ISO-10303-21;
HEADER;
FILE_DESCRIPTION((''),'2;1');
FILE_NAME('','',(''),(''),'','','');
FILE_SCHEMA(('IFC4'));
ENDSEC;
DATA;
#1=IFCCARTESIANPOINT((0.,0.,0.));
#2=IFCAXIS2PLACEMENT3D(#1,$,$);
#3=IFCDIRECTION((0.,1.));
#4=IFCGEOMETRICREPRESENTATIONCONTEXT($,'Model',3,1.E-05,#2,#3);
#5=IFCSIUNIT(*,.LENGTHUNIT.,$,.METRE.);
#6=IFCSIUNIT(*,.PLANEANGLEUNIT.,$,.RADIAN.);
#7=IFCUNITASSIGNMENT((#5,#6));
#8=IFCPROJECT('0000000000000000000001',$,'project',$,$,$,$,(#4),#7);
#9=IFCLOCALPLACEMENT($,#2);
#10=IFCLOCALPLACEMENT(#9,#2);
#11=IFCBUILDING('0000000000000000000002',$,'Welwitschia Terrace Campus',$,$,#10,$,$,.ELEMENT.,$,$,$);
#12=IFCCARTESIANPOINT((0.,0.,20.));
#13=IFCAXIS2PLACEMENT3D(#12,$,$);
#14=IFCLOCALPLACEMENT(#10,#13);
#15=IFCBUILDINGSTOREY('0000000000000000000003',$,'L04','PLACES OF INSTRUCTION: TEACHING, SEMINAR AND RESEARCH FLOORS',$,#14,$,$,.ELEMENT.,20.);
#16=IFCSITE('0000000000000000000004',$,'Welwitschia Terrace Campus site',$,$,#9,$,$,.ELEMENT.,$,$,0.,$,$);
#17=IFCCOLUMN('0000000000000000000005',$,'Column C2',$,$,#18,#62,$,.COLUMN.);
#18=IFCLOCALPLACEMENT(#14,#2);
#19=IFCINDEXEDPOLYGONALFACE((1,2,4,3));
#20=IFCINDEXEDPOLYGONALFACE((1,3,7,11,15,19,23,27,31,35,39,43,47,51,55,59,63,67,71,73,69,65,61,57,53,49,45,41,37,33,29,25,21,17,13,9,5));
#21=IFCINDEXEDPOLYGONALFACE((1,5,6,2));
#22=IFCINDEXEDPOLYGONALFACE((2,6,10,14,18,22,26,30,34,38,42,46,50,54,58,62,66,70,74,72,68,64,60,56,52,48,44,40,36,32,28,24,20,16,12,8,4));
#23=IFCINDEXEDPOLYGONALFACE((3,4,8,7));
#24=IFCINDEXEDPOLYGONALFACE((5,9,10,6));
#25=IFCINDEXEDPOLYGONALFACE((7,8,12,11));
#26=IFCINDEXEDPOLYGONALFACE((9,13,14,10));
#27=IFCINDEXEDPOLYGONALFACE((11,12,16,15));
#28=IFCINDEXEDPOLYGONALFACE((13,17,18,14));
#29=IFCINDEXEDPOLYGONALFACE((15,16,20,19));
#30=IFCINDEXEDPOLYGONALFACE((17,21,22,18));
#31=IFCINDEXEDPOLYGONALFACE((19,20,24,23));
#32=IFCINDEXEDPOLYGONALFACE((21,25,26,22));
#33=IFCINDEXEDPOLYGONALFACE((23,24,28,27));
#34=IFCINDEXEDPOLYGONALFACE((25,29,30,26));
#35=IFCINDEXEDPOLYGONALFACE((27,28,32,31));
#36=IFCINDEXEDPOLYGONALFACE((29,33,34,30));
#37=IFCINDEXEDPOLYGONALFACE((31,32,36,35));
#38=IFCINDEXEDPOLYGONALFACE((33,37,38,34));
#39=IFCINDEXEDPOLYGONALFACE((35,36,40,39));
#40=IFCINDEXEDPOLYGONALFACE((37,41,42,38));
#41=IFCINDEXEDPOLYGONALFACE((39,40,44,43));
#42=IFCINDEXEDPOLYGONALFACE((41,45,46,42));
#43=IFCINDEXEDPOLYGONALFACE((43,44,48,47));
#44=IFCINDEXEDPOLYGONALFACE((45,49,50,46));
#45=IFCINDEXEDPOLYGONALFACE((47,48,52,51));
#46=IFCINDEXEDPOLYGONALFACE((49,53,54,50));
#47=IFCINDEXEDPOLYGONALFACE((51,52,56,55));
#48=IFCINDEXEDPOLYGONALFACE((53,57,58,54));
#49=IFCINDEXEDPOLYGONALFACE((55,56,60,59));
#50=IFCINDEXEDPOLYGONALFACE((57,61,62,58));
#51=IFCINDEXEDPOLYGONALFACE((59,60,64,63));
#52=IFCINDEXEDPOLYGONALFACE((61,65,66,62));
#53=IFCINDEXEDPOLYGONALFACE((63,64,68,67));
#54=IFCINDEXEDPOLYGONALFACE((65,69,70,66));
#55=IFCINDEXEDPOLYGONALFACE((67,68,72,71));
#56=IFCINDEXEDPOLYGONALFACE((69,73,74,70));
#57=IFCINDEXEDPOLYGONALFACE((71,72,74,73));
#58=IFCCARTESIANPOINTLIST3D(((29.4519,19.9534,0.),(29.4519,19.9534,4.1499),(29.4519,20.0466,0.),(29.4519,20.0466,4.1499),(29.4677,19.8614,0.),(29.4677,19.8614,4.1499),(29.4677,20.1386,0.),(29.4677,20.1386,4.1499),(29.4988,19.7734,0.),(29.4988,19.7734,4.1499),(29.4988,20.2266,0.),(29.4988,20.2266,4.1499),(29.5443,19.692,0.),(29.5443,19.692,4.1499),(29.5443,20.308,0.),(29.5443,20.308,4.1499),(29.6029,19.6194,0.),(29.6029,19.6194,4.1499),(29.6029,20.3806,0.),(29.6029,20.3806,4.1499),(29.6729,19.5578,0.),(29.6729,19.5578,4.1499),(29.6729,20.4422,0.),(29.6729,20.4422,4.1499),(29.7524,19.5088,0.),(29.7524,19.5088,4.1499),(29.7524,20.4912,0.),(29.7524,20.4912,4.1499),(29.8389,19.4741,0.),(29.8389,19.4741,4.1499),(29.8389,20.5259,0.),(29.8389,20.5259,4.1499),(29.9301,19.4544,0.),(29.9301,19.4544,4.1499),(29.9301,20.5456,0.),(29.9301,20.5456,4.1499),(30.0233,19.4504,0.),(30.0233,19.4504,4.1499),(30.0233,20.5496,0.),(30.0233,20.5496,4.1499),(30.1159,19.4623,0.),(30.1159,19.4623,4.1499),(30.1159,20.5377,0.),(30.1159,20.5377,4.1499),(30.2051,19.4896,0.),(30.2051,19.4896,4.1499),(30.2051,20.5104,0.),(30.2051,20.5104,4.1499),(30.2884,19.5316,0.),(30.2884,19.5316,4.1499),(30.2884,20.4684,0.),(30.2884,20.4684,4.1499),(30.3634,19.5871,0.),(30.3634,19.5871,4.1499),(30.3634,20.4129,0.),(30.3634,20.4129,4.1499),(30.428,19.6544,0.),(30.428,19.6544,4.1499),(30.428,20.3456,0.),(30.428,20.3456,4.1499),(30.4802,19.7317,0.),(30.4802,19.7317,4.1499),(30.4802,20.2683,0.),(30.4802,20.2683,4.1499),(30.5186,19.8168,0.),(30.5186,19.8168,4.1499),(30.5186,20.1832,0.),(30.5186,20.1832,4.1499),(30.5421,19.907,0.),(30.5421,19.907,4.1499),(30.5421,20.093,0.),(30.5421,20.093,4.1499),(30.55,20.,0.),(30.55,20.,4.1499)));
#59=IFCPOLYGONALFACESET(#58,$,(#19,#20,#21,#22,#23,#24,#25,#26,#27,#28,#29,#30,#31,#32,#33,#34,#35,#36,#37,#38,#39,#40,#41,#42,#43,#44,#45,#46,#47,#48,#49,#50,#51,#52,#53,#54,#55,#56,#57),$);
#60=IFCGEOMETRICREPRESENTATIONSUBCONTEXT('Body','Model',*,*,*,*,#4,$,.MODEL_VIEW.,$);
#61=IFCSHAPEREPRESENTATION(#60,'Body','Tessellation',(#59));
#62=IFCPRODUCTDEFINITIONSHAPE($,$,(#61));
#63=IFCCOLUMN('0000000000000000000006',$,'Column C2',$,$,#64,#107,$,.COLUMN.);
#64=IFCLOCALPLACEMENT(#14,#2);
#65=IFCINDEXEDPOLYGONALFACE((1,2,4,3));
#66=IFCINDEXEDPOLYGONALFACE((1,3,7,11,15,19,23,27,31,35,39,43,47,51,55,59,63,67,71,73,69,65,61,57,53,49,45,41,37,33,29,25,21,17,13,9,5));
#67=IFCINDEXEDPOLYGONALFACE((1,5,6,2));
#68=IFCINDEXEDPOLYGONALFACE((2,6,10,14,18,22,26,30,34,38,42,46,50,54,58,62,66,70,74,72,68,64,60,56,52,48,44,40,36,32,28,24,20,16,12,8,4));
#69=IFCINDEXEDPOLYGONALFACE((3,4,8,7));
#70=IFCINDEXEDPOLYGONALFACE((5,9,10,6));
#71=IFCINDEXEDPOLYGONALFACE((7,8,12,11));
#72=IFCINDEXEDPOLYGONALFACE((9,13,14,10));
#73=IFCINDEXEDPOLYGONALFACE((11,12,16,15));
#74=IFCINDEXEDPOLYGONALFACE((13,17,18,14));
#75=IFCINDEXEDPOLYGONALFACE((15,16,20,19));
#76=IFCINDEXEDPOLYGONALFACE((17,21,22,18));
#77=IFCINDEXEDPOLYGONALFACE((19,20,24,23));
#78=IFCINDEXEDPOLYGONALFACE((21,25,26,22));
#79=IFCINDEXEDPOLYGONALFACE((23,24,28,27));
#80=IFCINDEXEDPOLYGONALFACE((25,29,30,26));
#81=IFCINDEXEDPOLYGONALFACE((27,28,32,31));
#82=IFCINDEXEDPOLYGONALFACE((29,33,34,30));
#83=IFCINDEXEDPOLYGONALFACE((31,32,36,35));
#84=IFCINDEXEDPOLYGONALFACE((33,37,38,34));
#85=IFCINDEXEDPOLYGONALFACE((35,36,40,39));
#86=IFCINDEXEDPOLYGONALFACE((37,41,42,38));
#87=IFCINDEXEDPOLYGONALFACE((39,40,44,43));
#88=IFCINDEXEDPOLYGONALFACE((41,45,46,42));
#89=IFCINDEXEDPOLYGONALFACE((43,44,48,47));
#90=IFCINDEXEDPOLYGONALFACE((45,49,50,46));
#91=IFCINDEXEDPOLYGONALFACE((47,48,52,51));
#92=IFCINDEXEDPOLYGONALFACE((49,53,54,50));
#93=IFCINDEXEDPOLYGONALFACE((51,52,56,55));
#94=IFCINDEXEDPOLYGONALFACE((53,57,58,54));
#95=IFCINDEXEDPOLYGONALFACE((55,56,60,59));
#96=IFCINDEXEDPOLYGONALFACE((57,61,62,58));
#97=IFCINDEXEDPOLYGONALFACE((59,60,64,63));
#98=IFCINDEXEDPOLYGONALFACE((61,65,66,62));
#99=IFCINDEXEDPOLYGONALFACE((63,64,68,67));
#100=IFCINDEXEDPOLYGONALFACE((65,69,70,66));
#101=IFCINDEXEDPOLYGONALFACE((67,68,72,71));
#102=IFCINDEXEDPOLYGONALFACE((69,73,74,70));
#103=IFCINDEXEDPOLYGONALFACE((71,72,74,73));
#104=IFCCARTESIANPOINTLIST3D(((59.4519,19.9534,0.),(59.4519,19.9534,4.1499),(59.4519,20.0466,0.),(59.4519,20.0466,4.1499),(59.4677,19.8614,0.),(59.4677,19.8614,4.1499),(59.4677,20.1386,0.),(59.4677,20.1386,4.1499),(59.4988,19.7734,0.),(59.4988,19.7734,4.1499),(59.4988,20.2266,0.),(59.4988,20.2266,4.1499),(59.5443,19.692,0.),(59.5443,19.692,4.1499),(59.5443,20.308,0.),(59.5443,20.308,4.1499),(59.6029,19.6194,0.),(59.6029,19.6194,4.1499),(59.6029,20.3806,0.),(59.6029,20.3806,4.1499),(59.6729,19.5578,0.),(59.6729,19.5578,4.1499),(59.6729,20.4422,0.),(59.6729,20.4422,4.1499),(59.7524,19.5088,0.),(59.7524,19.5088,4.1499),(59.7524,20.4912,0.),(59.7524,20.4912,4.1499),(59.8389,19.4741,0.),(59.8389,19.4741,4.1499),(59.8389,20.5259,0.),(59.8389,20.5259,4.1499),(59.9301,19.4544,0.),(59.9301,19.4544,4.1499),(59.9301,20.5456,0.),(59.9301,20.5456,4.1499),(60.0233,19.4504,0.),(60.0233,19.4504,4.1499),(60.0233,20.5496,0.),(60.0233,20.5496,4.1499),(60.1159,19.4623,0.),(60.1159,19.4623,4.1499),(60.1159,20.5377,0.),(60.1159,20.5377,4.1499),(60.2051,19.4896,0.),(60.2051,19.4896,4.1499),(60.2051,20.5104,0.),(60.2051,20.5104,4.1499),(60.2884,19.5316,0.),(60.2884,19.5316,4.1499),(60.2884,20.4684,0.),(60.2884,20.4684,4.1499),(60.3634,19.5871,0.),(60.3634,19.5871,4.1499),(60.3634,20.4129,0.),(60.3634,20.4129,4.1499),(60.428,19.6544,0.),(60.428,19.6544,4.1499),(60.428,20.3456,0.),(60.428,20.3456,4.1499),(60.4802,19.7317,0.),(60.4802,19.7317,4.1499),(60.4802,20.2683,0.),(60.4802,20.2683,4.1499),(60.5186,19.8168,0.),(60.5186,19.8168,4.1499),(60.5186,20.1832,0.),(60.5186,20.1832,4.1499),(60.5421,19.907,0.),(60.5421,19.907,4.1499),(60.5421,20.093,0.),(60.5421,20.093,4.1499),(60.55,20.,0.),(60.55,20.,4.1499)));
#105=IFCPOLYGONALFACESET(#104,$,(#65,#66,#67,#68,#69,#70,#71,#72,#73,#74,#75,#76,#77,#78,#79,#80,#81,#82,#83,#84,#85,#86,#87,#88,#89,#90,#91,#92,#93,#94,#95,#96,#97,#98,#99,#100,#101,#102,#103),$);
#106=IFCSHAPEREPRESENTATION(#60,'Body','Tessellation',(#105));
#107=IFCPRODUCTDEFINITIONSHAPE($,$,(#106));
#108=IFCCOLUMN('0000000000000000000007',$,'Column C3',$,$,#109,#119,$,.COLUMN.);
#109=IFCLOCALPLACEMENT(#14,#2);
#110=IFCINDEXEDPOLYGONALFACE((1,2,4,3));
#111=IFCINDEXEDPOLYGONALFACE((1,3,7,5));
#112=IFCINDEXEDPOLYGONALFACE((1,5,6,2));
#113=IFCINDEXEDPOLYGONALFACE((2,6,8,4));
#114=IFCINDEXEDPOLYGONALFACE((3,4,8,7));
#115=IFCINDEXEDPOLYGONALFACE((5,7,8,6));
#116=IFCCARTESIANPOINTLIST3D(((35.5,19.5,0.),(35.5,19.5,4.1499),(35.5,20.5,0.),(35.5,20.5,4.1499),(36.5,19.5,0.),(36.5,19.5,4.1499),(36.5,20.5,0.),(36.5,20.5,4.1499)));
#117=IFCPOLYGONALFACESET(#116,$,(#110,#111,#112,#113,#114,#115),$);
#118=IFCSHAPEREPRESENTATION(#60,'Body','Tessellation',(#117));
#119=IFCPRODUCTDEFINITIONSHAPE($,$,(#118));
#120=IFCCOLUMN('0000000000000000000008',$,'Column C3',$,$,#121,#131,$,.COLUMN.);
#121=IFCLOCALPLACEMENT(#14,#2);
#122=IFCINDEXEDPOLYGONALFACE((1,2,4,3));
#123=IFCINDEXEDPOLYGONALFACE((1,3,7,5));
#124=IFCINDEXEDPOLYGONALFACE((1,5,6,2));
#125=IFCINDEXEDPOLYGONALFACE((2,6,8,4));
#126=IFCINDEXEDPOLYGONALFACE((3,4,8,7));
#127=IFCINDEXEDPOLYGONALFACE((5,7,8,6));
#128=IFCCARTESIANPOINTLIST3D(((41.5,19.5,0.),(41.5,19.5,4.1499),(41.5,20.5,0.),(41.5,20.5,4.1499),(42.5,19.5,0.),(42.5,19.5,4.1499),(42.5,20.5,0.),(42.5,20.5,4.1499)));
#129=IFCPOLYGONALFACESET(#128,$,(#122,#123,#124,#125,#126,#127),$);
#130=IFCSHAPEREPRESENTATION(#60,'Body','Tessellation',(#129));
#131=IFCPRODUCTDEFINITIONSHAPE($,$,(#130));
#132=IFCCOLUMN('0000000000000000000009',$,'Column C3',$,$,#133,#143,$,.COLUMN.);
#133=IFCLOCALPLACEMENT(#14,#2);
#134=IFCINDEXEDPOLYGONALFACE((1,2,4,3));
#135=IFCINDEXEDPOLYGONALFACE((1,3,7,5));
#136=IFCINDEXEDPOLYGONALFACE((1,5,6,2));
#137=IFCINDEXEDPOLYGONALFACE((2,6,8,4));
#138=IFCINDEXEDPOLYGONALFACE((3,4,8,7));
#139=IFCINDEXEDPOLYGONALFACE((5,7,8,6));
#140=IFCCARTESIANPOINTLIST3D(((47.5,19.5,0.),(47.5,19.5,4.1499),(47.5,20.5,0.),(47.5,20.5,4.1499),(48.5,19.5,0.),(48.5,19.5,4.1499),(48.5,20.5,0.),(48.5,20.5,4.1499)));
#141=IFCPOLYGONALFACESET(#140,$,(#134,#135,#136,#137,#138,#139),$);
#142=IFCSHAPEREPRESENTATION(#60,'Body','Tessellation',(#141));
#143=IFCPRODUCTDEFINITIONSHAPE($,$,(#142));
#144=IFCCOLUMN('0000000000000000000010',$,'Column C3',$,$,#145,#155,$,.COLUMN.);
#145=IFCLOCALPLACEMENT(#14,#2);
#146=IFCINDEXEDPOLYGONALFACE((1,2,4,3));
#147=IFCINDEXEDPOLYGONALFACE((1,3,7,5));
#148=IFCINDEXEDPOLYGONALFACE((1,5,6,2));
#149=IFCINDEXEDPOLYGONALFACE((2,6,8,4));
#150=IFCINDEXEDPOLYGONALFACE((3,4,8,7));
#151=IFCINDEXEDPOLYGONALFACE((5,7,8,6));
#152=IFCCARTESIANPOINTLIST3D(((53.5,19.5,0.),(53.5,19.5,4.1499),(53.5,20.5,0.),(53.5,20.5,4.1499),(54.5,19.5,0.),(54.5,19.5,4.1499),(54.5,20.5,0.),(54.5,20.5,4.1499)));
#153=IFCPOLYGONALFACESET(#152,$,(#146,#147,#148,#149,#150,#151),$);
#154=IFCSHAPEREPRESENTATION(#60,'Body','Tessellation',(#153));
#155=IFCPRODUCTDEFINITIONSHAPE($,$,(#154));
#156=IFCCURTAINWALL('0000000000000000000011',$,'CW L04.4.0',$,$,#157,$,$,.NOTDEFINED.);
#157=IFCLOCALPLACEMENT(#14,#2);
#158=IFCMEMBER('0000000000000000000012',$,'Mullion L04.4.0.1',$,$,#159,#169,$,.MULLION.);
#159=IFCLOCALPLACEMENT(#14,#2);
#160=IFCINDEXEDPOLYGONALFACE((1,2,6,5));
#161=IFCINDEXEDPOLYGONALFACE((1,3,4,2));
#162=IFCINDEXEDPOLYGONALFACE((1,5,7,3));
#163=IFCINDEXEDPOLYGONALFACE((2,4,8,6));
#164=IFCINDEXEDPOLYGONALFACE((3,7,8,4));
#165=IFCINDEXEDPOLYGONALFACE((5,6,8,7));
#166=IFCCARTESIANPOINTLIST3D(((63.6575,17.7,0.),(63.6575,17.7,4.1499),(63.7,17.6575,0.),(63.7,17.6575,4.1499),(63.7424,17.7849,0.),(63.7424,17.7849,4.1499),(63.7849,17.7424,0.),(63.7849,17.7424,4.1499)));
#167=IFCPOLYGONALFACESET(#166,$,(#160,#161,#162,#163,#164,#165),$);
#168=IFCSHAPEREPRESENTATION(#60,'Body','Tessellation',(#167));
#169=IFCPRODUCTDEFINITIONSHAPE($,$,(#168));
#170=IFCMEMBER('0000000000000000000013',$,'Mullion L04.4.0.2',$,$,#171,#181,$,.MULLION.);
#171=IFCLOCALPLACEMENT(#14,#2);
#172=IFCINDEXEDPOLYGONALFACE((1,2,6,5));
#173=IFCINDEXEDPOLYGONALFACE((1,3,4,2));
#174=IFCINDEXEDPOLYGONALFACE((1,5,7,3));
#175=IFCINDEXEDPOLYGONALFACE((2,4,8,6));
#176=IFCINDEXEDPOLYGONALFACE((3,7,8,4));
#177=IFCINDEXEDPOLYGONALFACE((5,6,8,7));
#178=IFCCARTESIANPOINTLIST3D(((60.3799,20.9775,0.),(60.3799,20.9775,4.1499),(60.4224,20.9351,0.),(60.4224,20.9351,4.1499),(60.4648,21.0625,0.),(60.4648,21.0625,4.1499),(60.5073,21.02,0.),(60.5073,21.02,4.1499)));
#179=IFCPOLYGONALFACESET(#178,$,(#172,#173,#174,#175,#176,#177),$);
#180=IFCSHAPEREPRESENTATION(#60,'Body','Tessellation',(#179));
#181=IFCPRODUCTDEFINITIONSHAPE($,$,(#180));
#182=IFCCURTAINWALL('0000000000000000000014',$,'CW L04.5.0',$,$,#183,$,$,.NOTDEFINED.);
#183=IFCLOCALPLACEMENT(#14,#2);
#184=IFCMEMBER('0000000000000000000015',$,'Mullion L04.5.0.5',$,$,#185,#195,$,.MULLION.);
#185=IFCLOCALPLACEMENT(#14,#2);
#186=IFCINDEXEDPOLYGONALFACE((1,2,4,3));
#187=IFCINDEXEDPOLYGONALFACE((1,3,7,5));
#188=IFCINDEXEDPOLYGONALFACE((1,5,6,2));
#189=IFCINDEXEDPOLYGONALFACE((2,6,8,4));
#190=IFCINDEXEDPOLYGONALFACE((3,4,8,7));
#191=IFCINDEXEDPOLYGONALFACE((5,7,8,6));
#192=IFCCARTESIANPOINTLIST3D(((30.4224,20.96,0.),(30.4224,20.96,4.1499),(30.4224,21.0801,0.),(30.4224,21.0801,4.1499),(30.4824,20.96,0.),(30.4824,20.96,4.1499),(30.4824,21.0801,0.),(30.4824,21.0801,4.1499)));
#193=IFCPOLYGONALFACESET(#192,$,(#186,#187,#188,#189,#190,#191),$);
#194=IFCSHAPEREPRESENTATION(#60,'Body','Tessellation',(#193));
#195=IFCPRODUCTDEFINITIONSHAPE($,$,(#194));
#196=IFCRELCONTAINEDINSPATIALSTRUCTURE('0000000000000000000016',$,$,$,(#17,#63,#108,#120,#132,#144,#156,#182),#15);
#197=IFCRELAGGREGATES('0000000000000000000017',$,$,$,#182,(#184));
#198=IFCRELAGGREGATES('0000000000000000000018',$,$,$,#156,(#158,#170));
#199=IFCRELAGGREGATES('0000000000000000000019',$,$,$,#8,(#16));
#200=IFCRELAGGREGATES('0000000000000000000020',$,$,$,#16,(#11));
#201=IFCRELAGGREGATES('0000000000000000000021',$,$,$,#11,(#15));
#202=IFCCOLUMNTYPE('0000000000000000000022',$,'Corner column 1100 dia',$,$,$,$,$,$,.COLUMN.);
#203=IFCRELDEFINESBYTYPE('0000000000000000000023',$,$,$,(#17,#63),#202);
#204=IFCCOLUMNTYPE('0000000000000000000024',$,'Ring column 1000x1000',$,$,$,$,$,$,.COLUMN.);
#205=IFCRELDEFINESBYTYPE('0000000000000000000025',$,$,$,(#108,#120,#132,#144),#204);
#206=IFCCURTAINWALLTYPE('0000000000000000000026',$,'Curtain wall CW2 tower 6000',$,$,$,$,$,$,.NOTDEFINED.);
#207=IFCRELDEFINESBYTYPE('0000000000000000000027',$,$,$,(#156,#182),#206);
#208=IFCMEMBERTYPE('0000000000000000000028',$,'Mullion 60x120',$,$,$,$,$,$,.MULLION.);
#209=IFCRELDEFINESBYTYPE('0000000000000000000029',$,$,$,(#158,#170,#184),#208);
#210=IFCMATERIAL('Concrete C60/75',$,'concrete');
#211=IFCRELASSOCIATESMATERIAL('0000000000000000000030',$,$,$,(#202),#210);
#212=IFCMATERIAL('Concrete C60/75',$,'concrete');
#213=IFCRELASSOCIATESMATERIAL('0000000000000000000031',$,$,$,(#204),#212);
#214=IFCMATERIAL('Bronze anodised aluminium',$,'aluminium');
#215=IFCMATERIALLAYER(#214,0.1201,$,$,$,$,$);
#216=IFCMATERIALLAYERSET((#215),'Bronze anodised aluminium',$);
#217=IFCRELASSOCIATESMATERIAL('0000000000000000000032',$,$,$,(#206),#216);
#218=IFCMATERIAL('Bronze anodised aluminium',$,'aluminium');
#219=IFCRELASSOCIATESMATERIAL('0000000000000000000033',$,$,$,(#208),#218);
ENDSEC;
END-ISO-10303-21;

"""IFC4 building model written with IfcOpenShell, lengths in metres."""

from ifc_helpers import new_model, si_unit, direction, frame, origin, origin_2d, place, context, subcontext, project, spatial, rectangle, circle, extrude, material, layer, layer_set, material_profile, profile_set, type_object, element, aggregate, save


model = new_model("IFC4")

# Units and contexts
model_context = context("Model", 3, precision=1e-05, world=origin(), true_north=direction((0.0, 1.0)))
body_context = subcontext(model_context, "Body", "Model", "MODEL_VIEW")
ifc_project = project(units=[si_unit("LENGTHUNIT", "METRE"), si_unit("PLANEANGLEUNIT", "RADIAN")], contexts=[model_context])

# Site, building, storey
site_placement = place(None, origin())
site = spatial("IfcSite", under=ifc_project, at=site_placement, Name="Welwitschia Terrace Campus site", CompositionType="ELEMENT", RefElevation=0.0)
building_placement = place(site_placement, origin())
building = spatial("IfcBuilding", under=site, at=building_placement, Name="Welwitschia Terrace Campus", CompositionType="ELEMENT")
storey_placement = place(building_placement, frame((0.0, 0.0, 20.0)))
storey = spatial("IfcBuildingStorey", under=building, at=storey_placement, Name="L04", Description="PLACES OF INSTRUCTION: TEACHING, SEMINAR AND RESEARCH FLOORS", CompositionType="ELEMENT", Elevation=20.0)

# Columns
ifc_material_1 = material(Name="Concrete C60/75", Category="concrete")
ifc_material_profile_1 = material_profile(ifc_material_1, circle(Radius=0.55, at=origin_2d()))
ifc_profile_set_1 = profile_set([ifc_material_profile_1], Name="Concrete C60/75")
column_type_1 = type_object("IfcColumnType", Name="Corner column 1100 dia", PredefinedType="COLUMN", material=ifc_profile_set_1)
for number, where, z_axis, x_axis, name in (
    (1, (30.0, 20.0, 0.0), (0.0, 0.0, 1.0), (1.0, 0.0, 0.0), "Column C2"),
    (2, (60.0, 20.0, 0.0), (0.0, 0.0, 1.0), (1.0, 0.0, 0.0), "Column C2"),
):
    element("IfcColumn", number, at=place(storey_placement, frame(where, z_axis=z_axis, x_axis=x_axis)), inside=storey, type_object=column_type_1, Name=name, PredefinedType="COLUMN", context=body_context, shape_type="SweptSolid", body=[
        extrude(circle(Radius=0.55, at=origin_2d()), origin(), (0.0, 0.0, 1.0), 4.1499),
    ])
ifc_material_2 = material(Name="Concrete C60/75", Category="concrete")
ifc_material_profile_2 = material_profile(ifc_material_2, rectangle(XDim=1.0, YDim=1.0, at=origin_2d()))
ifc_profile_set_2 = profile_set([ifc_material_profile_2], Name="Concrete C60/75")
column_type_2 = type_object("IfcColumnType", Name="Ring column 1000x1000", PredefinedType="COLUMN", material=ifc_profile_set_2)
for number, where, z_axis, x_axis, name in (
    (3, (36.0, 20.0, 0.0), (0.0, 0.0, 1.0), (1.0, 0.0, 0.0), "Column C3"),
    (4, (42.0, 20.0, 0.0), (0.0, 0.0, 1.0), (1.0, 0.0, 0.0), "Column C3"),
    (5, (48.0, 20.0, 0.0), (0.0, 0.0, 1.0), (1.0, 0.0, 0.0), "Column C3"),
    (6, (54.0, 20.0, 0.0), (0.0, 0.0, 1.0), (1.0, 0.0, 0.0), "Column C3"),
):
    element("IfcColumn", number, at=place(storey_placement, frame(where, z_axis=z_axis, x_axis=x_axis)), inside=storey, type_object=column_type_2, Name=name, PredefinedType="COLUMN", context=body_context, shape_type="SweptSolid", body=[
        extrude(rectangle(XDim=1.0, YDim=1.0, at=origin_2d()), origin(), (0.0, 0.0, 1.0), 4.1499),
    ])

# Curtain wall, members
ifc_material_3 = material(Name="Bronze anodised aluminium", Category="aluminium")
ifc_layer_1 = layer(ifc_material_3, 0.1201)
ifc_layer_set_1 = layer_set([ifc_layer_1], Name="Bronze anodised aluminium")
curtain_wall_type = type_object("IfcCurtainWallType", Name="Curtain wall CW2 tower 6000", PredefinedType="NOTDEFINED", material=ifc_layer_set_1)
curtain_wall_1_placement = place(storey_placement, origin())
curtain_wall_1 = element("IfcCurtainWall", 7, at=curtain_wall_1_placement, inside=storey, type_object=curtain_wall_type, Name="CW L04.4.0", PredefinedType="NOTDEFINED")
ifc_material_4 = material(Name="Bronze anodised aluminium", Category="aluminium")
ifc_material_profile_3 = material_profile(ifc_material_4, rectangle(XDim=0.1201, YDim=0.0601, at=origin_2d()))
ifc_profile_set_3 = profile_set([ifc_material_profile_3], Name="Bronze anodised aluminium")
member_type_1 = type_object("IfcMemberType", Name="Mullion 60x120", PredefinedType="MULLION", material=ifc_profile_set_3)
member_1_placement = place(storey_placement, frame((63.7212, 17.7212, 0.0), z_axis=(0.0, 0.0, 1.0), x_axis=(-0.707107, -0.707107, 0.0)))
member_1 = element("IfcMember", 8, at=member_1_placement, type_object=member_type_1, Name="Mullion L04.4.0.1", PredefinedType="MULLION", context=body_context, shape_type="SweptSolid", body=[
    extrude(rectangle(XDim=0.1201, YDim=0.0601, at=origin_2d()), origin(), (0.0, 0.0, 1.0), 4.1499),
])
member_2_placement = place(storey_placement, frame((60.4436, 20.9988, 0.0), z_axis=(0.0, 0.0, 1.0), x_axis=(-0.707107, -0.707107, 0.0)))
member_2 = element("IfcMember", 9, at=member_2_placement, type_object=member_type_1, Name="Mullion L04.4.0.2", PredefinedType="MULLION", context=body_context, shape_type="SweptSolid", body=[
    extrude(rectangle(XDim=0.1201, YDim=0.0601, at=origin_2d()), origin(), (0.0, 0.0, 1.0), 4.1499),
])

# Curtain wall, member
curtain_wall_2_placement = place(storey_placement, origin())
curtain_wall_2 = element("IfcCurtainWall", 10, at=curtain_wall_2_placement, inside=storey, type_object=curtain_wall_type, Name="CW L04.5.0", PredefinedType="NOTDEFINED")
member_3_placement = place(storey_placement, frame((30.4524, 21.02, 0.0), z_axis=(0.0, 0.0, 1.0), x_axis=(0.0, -1.0, 0.0)))
member_3 = element("IfcMember", 11, at=member_3_placement, type_object=member_type_1, Name="Mullion L04.5.0.5", PredefinedType="MULLION", context=body_context, shape_type="SweptSolid", body=[
    extrude(rectangle(XDim=0.1201, YDim=0.0601, at=origin_2d()), origin(), (0.0, 0.0, 1.0), 4.1499),
])

aggregate(curtain_wall_2, [member_3])

aggregate(curtain_wall_1, [member_1, member_2])

save(model, "model.ifc")
